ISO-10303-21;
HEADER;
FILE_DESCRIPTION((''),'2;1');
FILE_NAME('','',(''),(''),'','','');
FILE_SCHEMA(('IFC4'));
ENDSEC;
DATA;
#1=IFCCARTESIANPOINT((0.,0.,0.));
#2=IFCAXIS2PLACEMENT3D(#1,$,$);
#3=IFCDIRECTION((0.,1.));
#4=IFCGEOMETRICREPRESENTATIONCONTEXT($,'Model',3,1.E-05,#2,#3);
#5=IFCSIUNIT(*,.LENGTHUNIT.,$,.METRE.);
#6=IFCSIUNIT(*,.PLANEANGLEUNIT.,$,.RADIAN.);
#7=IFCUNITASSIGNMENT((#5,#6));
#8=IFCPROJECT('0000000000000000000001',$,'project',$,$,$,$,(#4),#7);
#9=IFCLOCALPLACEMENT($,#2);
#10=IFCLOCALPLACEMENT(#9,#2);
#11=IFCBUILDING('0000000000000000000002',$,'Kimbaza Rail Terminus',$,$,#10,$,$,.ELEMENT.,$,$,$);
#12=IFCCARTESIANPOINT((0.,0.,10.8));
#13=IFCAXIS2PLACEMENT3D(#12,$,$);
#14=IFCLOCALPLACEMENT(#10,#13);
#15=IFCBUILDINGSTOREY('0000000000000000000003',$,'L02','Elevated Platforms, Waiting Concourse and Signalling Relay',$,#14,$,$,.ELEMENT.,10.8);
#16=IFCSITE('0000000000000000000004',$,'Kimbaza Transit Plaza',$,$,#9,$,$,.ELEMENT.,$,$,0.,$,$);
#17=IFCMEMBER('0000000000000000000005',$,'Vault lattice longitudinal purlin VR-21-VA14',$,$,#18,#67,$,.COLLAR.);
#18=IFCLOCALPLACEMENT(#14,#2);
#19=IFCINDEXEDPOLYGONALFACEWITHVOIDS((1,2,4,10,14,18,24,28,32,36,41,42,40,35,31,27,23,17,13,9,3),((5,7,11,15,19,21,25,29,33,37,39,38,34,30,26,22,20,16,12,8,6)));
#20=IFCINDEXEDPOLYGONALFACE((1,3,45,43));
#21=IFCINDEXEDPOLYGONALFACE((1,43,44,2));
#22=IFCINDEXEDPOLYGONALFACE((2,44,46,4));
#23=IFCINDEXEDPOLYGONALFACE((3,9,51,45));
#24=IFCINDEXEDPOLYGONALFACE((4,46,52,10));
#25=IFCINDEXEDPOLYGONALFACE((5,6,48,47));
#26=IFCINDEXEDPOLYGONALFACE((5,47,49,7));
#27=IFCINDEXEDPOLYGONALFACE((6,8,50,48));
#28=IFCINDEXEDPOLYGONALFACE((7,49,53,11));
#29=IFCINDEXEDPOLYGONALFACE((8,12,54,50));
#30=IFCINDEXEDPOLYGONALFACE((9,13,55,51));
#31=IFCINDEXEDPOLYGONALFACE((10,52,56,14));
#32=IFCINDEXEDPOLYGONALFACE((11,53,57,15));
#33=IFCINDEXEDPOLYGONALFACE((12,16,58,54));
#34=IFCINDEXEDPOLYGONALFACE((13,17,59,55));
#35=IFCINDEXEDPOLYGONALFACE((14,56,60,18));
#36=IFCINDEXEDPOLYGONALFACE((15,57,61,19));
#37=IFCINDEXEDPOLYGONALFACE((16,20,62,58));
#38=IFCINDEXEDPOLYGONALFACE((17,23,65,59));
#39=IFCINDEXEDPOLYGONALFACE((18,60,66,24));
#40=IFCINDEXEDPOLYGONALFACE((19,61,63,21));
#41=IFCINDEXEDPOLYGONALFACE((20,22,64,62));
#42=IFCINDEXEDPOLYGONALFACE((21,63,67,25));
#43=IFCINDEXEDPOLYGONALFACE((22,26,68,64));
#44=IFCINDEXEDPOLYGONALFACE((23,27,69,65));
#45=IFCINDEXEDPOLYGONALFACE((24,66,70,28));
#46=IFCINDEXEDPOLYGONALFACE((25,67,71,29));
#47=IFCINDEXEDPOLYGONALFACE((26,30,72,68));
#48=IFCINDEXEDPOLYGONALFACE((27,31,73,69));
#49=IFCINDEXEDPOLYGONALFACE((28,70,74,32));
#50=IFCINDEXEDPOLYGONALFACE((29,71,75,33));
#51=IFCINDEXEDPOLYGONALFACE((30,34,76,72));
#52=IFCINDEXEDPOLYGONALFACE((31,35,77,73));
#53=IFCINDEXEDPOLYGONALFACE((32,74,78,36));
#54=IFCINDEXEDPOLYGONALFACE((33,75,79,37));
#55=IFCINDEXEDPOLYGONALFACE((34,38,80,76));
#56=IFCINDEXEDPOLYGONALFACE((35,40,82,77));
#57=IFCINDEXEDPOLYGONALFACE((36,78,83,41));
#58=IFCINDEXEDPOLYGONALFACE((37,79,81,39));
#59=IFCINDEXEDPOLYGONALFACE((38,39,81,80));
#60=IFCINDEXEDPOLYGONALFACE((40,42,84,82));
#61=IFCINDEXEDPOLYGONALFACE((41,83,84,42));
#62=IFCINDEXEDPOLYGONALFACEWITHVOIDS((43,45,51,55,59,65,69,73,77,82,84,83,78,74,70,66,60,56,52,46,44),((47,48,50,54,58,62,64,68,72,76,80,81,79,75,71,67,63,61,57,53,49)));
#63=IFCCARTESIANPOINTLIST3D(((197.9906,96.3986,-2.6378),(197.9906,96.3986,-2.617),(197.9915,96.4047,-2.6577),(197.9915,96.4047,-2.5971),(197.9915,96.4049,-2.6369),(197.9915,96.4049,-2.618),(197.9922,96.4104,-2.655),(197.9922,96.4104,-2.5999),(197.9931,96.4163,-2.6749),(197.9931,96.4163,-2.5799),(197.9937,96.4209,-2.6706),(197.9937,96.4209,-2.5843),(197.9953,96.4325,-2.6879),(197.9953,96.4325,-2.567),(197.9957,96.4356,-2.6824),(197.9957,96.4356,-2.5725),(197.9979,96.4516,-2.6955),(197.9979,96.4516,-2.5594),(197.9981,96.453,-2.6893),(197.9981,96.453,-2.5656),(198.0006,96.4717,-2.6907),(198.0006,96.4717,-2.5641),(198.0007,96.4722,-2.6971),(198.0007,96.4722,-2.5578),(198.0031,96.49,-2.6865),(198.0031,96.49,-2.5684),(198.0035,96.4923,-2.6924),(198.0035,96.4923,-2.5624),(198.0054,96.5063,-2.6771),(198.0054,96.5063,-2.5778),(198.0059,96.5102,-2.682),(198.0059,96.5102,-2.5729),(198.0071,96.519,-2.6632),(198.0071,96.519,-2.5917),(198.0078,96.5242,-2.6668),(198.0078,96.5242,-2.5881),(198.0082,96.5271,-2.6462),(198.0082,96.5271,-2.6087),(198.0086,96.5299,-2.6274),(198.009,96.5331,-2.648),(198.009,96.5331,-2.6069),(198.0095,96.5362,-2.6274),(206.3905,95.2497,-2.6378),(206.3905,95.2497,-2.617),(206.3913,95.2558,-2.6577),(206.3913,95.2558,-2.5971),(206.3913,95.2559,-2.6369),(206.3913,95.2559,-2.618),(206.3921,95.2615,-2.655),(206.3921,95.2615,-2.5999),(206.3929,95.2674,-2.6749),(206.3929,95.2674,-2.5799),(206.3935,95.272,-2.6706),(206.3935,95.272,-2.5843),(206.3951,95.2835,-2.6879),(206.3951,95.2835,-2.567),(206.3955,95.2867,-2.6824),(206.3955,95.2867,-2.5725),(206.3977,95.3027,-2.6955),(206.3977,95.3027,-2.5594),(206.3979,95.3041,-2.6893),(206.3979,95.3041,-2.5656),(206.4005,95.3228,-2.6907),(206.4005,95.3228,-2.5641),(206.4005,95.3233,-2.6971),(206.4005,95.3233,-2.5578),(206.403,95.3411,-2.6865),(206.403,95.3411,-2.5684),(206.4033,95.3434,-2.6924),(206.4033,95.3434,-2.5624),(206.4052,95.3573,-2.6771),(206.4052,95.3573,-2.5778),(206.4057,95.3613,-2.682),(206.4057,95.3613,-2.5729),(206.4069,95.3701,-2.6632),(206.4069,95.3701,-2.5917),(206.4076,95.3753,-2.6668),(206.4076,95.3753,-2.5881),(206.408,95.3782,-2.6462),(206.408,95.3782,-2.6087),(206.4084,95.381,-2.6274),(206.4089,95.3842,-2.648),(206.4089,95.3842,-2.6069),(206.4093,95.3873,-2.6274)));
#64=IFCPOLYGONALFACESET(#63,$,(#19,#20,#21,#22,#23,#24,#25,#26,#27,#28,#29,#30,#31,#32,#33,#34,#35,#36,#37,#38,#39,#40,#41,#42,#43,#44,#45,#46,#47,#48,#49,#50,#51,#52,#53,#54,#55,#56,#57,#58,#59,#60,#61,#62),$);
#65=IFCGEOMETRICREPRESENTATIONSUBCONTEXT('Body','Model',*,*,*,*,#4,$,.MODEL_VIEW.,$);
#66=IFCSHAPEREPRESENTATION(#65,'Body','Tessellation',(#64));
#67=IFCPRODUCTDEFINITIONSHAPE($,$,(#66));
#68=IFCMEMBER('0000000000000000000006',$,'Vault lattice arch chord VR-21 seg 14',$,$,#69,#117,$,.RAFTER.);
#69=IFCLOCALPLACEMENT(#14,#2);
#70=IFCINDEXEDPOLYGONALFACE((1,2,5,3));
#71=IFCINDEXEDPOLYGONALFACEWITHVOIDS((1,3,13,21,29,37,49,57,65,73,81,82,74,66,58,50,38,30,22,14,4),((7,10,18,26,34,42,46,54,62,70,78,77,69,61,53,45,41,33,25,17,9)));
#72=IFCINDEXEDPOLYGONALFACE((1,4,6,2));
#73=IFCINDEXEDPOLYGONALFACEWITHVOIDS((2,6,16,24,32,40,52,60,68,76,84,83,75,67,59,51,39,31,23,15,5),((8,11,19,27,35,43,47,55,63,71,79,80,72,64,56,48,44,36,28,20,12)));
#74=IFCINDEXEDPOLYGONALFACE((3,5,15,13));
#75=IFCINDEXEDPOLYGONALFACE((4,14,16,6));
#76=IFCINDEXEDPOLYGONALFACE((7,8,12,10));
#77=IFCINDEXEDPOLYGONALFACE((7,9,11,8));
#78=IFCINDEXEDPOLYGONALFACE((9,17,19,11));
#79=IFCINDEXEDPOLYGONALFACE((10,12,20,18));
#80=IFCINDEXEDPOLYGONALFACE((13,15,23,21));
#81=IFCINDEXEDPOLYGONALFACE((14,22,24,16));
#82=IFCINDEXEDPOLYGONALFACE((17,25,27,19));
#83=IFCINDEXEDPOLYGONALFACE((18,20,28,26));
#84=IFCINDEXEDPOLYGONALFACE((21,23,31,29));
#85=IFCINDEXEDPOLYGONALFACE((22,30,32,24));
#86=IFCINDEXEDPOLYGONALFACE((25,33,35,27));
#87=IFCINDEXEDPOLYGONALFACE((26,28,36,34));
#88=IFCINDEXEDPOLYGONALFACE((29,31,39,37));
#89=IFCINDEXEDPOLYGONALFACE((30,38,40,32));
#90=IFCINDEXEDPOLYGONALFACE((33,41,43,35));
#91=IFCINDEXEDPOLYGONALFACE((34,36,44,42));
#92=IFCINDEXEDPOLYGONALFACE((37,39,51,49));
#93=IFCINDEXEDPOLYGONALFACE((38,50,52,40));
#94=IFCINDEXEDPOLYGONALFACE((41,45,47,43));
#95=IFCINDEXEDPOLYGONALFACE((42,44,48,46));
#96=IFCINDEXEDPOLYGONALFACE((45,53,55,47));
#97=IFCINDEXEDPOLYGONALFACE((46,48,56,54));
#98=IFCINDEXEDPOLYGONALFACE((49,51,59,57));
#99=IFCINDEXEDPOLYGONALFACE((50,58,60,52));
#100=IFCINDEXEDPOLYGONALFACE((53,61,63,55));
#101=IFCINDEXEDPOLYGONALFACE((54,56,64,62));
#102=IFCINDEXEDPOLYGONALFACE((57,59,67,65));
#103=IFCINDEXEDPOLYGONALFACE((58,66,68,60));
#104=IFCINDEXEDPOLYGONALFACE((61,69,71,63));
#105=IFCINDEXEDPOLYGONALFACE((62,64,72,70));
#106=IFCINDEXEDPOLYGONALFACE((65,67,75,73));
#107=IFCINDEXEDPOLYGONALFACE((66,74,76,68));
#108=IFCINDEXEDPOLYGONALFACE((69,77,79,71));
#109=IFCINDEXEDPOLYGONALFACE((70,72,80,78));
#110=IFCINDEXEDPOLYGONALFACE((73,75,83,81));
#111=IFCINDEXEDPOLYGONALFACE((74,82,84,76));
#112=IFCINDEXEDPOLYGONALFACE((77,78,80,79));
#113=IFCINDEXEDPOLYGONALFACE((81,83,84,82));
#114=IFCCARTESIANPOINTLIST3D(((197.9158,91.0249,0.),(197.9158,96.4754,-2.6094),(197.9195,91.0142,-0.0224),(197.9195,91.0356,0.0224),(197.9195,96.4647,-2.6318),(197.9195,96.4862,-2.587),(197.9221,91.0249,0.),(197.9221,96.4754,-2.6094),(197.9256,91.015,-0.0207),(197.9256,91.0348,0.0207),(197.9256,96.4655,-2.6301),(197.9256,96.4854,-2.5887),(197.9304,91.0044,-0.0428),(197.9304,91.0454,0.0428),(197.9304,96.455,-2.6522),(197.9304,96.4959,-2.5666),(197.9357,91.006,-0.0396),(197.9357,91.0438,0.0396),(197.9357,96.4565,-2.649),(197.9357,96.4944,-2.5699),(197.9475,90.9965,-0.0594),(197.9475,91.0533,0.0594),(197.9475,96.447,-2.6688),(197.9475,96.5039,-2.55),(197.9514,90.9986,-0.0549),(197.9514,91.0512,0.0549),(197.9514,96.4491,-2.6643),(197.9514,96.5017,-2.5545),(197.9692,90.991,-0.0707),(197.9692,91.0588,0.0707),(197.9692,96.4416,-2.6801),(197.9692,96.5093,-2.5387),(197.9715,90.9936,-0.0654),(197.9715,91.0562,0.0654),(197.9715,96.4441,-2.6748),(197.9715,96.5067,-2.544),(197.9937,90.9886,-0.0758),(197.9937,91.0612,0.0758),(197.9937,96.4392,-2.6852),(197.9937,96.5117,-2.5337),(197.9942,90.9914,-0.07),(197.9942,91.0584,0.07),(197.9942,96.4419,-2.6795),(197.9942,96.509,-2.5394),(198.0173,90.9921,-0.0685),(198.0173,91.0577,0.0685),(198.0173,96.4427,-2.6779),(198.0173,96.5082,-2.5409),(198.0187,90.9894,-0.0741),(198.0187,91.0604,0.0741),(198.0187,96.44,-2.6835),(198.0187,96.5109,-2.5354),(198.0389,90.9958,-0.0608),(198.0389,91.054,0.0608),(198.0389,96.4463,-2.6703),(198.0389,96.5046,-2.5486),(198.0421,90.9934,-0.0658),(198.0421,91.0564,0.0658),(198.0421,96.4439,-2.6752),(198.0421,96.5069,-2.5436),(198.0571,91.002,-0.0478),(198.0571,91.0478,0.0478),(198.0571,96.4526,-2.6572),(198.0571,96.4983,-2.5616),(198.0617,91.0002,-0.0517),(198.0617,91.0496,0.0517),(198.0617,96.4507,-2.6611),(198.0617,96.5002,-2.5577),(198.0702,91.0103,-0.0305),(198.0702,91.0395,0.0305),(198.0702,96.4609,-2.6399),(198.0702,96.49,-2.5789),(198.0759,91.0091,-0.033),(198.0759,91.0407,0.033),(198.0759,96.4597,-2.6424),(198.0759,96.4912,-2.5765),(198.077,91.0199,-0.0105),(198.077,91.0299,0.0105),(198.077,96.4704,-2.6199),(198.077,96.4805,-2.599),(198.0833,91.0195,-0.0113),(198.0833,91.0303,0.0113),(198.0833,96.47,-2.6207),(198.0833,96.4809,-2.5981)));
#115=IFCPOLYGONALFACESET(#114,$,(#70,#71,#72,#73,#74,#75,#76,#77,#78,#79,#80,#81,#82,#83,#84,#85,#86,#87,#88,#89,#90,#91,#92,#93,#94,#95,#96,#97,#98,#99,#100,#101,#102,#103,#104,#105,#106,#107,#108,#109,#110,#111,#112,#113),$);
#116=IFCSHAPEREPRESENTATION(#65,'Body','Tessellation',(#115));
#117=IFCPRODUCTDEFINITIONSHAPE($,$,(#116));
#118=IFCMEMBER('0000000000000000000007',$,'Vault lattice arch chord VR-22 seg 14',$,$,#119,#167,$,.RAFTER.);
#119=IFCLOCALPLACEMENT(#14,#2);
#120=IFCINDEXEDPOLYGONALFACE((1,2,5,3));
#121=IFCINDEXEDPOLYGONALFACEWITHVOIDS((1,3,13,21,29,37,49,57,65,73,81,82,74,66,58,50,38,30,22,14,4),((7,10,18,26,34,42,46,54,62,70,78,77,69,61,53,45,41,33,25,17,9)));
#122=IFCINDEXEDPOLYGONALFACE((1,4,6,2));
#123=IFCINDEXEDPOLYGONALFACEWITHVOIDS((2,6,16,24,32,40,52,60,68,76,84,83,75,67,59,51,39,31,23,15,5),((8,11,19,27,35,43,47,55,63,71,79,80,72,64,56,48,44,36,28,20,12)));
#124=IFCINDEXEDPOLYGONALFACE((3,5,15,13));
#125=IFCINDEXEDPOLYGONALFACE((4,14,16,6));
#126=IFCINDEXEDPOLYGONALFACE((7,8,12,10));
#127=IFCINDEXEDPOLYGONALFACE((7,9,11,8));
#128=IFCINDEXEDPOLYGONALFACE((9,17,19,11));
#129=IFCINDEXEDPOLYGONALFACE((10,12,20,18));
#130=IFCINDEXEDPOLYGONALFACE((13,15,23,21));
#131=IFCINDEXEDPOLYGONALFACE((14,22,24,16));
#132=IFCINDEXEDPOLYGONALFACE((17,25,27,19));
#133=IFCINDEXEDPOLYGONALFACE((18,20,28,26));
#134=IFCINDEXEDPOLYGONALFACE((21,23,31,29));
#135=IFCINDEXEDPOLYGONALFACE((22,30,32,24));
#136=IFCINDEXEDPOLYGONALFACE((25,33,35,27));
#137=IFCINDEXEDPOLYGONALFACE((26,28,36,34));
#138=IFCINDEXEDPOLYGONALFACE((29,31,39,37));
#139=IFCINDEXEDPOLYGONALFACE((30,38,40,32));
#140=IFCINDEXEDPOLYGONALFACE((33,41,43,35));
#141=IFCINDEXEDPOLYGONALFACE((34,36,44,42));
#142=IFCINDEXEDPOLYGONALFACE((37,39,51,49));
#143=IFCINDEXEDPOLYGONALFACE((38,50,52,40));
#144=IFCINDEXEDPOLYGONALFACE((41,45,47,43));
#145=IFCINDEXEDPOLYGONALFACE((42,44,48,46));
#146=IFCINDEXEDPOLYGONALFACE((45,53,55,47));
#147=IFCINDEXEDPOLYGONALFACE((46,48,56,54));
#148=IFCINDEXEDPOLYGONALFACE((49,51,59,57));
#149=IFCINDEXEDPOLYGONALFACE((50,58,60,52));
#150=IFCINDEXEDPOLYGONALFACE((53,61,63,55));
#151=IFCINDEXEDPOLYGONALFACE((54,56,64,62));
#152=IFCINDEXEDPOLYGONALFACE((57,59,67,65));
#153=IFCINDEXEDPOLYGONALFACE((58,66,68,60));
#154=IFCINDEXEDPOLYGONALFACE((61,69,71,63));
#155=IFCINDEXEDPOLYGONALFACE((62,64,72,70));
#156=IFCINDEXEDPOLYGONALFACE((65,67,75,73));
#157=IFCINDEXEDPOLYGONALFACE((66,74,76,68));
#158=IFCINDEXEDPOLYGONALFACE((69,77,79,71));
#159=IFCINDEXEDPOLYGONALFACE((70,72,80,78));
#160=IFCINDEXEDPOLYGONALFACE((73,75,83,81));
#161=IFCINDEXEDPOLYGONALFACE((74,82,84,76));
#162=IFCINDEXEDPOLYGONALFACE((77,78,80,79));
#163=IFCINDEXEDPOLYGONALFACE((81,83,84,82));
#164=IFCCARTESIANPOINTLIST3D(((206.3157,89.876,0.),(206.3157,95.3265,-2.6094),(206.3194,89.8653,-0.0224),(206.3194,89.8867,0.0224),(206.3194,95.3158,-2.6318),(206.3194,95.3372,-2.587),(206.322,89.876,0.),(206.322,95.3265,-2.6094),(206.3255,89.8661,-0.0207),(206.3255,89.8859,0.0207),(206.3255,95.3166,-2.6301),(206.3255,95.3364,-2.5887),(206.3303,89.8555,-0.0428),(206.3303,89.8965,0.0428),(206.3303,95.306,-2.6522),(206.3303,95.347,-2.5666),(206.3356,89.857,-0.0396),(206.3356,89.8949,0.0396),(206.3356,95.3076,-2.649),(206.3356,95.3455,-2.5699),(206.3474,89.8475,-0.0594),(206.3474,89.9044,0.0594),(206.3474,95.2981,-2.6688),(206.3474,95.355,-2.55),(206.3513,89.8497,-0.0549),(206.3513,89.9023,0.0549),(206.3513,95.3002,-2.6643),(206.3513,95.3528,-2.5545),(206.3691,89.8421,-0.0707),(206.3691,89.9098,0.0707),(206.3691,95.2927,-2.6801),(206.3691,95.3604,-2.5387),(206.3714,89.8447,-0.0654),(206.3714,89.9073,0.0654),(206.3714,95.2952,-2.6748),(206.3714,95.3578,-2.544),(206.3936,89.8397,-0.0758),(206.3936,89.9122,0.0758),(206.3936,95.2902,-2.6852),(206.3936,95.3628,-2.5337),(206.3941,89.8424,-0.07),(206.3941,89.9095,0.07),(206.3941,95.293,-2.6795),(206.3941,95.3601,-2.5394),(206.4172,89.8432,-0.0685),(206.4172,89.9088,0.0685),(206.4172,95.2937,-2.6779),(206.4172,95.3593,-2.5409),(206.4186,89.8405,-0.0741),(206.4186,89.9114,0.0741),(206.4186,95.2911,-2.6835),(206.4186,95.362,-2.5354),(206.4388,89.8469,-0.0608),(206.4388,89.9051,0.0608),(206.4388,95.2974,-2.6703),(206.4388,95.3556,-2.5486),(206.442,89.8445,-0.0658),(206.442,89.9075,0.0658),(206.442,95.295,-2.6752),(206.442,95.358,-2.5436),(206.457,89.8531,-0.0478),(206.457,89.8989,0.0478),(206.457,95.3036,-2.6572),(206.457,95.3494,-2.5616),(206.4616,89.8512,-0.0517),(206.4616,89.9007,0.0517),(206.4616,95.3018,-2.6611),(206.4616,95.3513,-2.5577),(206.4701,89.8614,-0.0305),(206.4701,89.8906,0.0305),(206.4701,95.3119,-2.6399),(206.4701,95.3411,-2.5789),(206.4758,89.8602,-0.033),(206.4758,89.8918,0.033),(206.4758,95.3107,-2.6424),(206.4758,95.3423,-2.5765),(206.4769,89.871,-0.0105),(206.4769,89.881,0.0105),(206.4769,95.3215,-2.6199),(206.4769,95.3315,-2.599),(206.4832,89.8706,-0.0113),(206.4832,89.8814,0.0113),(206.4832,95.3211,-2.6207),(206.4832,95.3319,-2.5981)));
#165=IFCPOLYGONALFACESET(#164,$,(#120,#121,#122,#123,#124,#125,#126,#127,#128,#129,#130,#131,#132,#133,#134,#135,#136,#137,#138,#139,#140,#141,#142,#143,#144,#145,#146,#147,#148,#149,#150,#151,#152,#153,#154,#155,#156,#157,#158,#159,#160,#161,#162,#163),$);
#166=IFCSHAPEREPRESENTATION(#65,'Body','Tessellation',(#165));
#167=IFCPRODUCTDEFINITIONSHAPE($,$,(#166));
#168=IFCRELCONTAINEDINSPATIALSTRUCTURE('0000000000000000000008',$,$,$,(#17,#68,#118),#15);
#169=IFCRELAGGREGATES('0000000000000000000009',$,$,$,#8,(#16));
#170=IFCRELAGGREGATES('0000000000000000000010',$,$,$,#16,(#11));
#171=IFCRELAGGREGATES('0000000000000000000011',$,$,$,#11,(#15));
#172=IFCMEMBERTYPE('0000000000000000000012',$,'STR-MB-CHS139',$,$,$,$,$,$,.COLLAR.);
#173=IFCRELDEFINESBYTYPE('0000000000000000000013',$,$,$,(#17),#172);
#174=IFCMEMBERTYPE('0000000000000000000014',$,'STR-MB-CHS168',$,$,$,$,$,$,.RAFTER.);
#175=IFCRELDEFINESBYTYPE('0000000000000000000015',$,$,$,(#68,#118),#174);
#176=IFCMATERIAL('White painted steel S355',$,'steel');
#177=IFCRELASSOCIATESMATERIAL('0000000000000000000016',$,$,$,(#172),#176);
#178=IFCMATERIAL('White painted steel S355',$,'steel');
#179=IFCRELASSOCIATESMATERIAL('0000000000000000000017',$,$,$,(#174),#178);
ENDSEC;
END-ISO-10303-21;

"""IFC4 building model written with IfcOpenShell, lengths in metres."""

from ifc_helpers import new_model, si_unit, direction, frame, origin, origin_2d, place, context, subcontext, project, spatial, hollow_circle, extrude, material, material_profile, profile_set, type_object, element, save


model = new_model("IFC4")

# Units and contexts
model_context = context("Model", 3, precision=1e-05, world=origin(), true_north=direction((0.0, 1.0)))
body_context = subcontext(model_context, "Body", "Model", "MODEL_VIEW")
ifc_project = project(units=[si_unit("LENGTHUNIT", "METRE"), si_unit("PLANEANGLEUNIT", "RADIAN")], contexts=[model_context])

# Site, building, storey
site_placement = place(None, origin())
site = spatial("IfcSite", under=ifc_project, at=site_placement, Name="Kimbaza Transit Plaza", CompositionType="ELEMENT", RefElevation=0.0)
building_placement = place(site_placement, origin())
building = spatial("IfcBuilding", under=site, at=building_placement, Name="Kimbaza Rail Terminus", CompositionType="ELEMENT")
storey_placement = place(building_placement, frame((0.0, 0.0, 10.8)))
storey = spatial("IfcBuildingStorey", under=building, at=storey_placement, Name="L02", Description="Elevated Platforms, Waiting Concourse and Signalling Relay", CompositionType="ELEMENT", Elevation=10.8)

# Members
ifc_material_1 = material(Name="White painted steel S355", Category="steel")
ifc_material_profile_1 = material_profile(ifc_material_1, hollow_circle(Radius=0.0698, WallThickness=0.0063, at=origin_2d()), Name="CHS 139.7x6.3")
ifc_profile_set_1 = profile_set([ifc_material_profile_1], Name="White painted steel S355")
member_type_1 = type_object("IfcMemberType", Name="STR-MB-CHS139", PredefinedType="COLLAR", material=ifc_profile_set_1)
member_1_placement = place(storey_placement, frame((198.0, 96.467, -2.6274), z_axis=(0.990775, -0.135517, 0.0), x_axis=(0.135517, 0.990775, 0.0)))
element("IfcMember", 1, at=member_1_placement, inside=storey, type_object=member_type_1, Name="Vault lattice longitudinal purlin VR-21-VA14", PredefinedType="COLLAR", context=body_context, shape_type="SweptSolid", body=[
    extrude(hollow_circle(Radius=0.0698, WallThickness=0.0063, at=origin_2d()), origin(), (0.0, 0.0, 1.0), 8.478),
])
ifc_material_2 = material(Name="White painted steel S355", Category="steel")
ifc_material_profile_2 = material_profile(ifc_material_2, hollow_circle(Radius=0.0842, WallThickness=0.0063, at=origin_2d()), Name="CHS 168.3x6.3")
ifc_profile_set_2 = profile_set([ifc_material_profile_2], Name="White painted steel S355")
member_type_2 = type_object("IfcMemberType", Name="STR-MB-CHS168", PredefinedType="RAFTER", material=ifc_profile_set_2)
for number, where, z_axis, x_axis, name in (
    (2, (198.0, 91.0249, 0.0), (0.0, 0.901964, -0.431811), (-1.0, 0.0, 0.0), "Vault lattice arch chord VR-21 seg 14"),
    (3, (206.3999, 89.876, 0.0), (0.0, 0.901964, -0.431811), (-1.0, 0.0, 0.0), "Vault lattice arch chord VR-22 seg 14"),
):
    element("IfcMember", number, at=place(storey_placement, frame(where, z_axis=z_axis, x_axis=x_axis)), inside=storey, type_object=member_type_2, Name=name, PredefinedType="RAFTER", context=body_context, shape_type="SweptSolid", body=[
        extrude(hollow_circle(Radius=0.0842, WallThickness=0.0063, at=origin_2d()), origin(), (0.0, 0.0, 1.0), 6.043),
    ])

save(model, "model.ifc")
